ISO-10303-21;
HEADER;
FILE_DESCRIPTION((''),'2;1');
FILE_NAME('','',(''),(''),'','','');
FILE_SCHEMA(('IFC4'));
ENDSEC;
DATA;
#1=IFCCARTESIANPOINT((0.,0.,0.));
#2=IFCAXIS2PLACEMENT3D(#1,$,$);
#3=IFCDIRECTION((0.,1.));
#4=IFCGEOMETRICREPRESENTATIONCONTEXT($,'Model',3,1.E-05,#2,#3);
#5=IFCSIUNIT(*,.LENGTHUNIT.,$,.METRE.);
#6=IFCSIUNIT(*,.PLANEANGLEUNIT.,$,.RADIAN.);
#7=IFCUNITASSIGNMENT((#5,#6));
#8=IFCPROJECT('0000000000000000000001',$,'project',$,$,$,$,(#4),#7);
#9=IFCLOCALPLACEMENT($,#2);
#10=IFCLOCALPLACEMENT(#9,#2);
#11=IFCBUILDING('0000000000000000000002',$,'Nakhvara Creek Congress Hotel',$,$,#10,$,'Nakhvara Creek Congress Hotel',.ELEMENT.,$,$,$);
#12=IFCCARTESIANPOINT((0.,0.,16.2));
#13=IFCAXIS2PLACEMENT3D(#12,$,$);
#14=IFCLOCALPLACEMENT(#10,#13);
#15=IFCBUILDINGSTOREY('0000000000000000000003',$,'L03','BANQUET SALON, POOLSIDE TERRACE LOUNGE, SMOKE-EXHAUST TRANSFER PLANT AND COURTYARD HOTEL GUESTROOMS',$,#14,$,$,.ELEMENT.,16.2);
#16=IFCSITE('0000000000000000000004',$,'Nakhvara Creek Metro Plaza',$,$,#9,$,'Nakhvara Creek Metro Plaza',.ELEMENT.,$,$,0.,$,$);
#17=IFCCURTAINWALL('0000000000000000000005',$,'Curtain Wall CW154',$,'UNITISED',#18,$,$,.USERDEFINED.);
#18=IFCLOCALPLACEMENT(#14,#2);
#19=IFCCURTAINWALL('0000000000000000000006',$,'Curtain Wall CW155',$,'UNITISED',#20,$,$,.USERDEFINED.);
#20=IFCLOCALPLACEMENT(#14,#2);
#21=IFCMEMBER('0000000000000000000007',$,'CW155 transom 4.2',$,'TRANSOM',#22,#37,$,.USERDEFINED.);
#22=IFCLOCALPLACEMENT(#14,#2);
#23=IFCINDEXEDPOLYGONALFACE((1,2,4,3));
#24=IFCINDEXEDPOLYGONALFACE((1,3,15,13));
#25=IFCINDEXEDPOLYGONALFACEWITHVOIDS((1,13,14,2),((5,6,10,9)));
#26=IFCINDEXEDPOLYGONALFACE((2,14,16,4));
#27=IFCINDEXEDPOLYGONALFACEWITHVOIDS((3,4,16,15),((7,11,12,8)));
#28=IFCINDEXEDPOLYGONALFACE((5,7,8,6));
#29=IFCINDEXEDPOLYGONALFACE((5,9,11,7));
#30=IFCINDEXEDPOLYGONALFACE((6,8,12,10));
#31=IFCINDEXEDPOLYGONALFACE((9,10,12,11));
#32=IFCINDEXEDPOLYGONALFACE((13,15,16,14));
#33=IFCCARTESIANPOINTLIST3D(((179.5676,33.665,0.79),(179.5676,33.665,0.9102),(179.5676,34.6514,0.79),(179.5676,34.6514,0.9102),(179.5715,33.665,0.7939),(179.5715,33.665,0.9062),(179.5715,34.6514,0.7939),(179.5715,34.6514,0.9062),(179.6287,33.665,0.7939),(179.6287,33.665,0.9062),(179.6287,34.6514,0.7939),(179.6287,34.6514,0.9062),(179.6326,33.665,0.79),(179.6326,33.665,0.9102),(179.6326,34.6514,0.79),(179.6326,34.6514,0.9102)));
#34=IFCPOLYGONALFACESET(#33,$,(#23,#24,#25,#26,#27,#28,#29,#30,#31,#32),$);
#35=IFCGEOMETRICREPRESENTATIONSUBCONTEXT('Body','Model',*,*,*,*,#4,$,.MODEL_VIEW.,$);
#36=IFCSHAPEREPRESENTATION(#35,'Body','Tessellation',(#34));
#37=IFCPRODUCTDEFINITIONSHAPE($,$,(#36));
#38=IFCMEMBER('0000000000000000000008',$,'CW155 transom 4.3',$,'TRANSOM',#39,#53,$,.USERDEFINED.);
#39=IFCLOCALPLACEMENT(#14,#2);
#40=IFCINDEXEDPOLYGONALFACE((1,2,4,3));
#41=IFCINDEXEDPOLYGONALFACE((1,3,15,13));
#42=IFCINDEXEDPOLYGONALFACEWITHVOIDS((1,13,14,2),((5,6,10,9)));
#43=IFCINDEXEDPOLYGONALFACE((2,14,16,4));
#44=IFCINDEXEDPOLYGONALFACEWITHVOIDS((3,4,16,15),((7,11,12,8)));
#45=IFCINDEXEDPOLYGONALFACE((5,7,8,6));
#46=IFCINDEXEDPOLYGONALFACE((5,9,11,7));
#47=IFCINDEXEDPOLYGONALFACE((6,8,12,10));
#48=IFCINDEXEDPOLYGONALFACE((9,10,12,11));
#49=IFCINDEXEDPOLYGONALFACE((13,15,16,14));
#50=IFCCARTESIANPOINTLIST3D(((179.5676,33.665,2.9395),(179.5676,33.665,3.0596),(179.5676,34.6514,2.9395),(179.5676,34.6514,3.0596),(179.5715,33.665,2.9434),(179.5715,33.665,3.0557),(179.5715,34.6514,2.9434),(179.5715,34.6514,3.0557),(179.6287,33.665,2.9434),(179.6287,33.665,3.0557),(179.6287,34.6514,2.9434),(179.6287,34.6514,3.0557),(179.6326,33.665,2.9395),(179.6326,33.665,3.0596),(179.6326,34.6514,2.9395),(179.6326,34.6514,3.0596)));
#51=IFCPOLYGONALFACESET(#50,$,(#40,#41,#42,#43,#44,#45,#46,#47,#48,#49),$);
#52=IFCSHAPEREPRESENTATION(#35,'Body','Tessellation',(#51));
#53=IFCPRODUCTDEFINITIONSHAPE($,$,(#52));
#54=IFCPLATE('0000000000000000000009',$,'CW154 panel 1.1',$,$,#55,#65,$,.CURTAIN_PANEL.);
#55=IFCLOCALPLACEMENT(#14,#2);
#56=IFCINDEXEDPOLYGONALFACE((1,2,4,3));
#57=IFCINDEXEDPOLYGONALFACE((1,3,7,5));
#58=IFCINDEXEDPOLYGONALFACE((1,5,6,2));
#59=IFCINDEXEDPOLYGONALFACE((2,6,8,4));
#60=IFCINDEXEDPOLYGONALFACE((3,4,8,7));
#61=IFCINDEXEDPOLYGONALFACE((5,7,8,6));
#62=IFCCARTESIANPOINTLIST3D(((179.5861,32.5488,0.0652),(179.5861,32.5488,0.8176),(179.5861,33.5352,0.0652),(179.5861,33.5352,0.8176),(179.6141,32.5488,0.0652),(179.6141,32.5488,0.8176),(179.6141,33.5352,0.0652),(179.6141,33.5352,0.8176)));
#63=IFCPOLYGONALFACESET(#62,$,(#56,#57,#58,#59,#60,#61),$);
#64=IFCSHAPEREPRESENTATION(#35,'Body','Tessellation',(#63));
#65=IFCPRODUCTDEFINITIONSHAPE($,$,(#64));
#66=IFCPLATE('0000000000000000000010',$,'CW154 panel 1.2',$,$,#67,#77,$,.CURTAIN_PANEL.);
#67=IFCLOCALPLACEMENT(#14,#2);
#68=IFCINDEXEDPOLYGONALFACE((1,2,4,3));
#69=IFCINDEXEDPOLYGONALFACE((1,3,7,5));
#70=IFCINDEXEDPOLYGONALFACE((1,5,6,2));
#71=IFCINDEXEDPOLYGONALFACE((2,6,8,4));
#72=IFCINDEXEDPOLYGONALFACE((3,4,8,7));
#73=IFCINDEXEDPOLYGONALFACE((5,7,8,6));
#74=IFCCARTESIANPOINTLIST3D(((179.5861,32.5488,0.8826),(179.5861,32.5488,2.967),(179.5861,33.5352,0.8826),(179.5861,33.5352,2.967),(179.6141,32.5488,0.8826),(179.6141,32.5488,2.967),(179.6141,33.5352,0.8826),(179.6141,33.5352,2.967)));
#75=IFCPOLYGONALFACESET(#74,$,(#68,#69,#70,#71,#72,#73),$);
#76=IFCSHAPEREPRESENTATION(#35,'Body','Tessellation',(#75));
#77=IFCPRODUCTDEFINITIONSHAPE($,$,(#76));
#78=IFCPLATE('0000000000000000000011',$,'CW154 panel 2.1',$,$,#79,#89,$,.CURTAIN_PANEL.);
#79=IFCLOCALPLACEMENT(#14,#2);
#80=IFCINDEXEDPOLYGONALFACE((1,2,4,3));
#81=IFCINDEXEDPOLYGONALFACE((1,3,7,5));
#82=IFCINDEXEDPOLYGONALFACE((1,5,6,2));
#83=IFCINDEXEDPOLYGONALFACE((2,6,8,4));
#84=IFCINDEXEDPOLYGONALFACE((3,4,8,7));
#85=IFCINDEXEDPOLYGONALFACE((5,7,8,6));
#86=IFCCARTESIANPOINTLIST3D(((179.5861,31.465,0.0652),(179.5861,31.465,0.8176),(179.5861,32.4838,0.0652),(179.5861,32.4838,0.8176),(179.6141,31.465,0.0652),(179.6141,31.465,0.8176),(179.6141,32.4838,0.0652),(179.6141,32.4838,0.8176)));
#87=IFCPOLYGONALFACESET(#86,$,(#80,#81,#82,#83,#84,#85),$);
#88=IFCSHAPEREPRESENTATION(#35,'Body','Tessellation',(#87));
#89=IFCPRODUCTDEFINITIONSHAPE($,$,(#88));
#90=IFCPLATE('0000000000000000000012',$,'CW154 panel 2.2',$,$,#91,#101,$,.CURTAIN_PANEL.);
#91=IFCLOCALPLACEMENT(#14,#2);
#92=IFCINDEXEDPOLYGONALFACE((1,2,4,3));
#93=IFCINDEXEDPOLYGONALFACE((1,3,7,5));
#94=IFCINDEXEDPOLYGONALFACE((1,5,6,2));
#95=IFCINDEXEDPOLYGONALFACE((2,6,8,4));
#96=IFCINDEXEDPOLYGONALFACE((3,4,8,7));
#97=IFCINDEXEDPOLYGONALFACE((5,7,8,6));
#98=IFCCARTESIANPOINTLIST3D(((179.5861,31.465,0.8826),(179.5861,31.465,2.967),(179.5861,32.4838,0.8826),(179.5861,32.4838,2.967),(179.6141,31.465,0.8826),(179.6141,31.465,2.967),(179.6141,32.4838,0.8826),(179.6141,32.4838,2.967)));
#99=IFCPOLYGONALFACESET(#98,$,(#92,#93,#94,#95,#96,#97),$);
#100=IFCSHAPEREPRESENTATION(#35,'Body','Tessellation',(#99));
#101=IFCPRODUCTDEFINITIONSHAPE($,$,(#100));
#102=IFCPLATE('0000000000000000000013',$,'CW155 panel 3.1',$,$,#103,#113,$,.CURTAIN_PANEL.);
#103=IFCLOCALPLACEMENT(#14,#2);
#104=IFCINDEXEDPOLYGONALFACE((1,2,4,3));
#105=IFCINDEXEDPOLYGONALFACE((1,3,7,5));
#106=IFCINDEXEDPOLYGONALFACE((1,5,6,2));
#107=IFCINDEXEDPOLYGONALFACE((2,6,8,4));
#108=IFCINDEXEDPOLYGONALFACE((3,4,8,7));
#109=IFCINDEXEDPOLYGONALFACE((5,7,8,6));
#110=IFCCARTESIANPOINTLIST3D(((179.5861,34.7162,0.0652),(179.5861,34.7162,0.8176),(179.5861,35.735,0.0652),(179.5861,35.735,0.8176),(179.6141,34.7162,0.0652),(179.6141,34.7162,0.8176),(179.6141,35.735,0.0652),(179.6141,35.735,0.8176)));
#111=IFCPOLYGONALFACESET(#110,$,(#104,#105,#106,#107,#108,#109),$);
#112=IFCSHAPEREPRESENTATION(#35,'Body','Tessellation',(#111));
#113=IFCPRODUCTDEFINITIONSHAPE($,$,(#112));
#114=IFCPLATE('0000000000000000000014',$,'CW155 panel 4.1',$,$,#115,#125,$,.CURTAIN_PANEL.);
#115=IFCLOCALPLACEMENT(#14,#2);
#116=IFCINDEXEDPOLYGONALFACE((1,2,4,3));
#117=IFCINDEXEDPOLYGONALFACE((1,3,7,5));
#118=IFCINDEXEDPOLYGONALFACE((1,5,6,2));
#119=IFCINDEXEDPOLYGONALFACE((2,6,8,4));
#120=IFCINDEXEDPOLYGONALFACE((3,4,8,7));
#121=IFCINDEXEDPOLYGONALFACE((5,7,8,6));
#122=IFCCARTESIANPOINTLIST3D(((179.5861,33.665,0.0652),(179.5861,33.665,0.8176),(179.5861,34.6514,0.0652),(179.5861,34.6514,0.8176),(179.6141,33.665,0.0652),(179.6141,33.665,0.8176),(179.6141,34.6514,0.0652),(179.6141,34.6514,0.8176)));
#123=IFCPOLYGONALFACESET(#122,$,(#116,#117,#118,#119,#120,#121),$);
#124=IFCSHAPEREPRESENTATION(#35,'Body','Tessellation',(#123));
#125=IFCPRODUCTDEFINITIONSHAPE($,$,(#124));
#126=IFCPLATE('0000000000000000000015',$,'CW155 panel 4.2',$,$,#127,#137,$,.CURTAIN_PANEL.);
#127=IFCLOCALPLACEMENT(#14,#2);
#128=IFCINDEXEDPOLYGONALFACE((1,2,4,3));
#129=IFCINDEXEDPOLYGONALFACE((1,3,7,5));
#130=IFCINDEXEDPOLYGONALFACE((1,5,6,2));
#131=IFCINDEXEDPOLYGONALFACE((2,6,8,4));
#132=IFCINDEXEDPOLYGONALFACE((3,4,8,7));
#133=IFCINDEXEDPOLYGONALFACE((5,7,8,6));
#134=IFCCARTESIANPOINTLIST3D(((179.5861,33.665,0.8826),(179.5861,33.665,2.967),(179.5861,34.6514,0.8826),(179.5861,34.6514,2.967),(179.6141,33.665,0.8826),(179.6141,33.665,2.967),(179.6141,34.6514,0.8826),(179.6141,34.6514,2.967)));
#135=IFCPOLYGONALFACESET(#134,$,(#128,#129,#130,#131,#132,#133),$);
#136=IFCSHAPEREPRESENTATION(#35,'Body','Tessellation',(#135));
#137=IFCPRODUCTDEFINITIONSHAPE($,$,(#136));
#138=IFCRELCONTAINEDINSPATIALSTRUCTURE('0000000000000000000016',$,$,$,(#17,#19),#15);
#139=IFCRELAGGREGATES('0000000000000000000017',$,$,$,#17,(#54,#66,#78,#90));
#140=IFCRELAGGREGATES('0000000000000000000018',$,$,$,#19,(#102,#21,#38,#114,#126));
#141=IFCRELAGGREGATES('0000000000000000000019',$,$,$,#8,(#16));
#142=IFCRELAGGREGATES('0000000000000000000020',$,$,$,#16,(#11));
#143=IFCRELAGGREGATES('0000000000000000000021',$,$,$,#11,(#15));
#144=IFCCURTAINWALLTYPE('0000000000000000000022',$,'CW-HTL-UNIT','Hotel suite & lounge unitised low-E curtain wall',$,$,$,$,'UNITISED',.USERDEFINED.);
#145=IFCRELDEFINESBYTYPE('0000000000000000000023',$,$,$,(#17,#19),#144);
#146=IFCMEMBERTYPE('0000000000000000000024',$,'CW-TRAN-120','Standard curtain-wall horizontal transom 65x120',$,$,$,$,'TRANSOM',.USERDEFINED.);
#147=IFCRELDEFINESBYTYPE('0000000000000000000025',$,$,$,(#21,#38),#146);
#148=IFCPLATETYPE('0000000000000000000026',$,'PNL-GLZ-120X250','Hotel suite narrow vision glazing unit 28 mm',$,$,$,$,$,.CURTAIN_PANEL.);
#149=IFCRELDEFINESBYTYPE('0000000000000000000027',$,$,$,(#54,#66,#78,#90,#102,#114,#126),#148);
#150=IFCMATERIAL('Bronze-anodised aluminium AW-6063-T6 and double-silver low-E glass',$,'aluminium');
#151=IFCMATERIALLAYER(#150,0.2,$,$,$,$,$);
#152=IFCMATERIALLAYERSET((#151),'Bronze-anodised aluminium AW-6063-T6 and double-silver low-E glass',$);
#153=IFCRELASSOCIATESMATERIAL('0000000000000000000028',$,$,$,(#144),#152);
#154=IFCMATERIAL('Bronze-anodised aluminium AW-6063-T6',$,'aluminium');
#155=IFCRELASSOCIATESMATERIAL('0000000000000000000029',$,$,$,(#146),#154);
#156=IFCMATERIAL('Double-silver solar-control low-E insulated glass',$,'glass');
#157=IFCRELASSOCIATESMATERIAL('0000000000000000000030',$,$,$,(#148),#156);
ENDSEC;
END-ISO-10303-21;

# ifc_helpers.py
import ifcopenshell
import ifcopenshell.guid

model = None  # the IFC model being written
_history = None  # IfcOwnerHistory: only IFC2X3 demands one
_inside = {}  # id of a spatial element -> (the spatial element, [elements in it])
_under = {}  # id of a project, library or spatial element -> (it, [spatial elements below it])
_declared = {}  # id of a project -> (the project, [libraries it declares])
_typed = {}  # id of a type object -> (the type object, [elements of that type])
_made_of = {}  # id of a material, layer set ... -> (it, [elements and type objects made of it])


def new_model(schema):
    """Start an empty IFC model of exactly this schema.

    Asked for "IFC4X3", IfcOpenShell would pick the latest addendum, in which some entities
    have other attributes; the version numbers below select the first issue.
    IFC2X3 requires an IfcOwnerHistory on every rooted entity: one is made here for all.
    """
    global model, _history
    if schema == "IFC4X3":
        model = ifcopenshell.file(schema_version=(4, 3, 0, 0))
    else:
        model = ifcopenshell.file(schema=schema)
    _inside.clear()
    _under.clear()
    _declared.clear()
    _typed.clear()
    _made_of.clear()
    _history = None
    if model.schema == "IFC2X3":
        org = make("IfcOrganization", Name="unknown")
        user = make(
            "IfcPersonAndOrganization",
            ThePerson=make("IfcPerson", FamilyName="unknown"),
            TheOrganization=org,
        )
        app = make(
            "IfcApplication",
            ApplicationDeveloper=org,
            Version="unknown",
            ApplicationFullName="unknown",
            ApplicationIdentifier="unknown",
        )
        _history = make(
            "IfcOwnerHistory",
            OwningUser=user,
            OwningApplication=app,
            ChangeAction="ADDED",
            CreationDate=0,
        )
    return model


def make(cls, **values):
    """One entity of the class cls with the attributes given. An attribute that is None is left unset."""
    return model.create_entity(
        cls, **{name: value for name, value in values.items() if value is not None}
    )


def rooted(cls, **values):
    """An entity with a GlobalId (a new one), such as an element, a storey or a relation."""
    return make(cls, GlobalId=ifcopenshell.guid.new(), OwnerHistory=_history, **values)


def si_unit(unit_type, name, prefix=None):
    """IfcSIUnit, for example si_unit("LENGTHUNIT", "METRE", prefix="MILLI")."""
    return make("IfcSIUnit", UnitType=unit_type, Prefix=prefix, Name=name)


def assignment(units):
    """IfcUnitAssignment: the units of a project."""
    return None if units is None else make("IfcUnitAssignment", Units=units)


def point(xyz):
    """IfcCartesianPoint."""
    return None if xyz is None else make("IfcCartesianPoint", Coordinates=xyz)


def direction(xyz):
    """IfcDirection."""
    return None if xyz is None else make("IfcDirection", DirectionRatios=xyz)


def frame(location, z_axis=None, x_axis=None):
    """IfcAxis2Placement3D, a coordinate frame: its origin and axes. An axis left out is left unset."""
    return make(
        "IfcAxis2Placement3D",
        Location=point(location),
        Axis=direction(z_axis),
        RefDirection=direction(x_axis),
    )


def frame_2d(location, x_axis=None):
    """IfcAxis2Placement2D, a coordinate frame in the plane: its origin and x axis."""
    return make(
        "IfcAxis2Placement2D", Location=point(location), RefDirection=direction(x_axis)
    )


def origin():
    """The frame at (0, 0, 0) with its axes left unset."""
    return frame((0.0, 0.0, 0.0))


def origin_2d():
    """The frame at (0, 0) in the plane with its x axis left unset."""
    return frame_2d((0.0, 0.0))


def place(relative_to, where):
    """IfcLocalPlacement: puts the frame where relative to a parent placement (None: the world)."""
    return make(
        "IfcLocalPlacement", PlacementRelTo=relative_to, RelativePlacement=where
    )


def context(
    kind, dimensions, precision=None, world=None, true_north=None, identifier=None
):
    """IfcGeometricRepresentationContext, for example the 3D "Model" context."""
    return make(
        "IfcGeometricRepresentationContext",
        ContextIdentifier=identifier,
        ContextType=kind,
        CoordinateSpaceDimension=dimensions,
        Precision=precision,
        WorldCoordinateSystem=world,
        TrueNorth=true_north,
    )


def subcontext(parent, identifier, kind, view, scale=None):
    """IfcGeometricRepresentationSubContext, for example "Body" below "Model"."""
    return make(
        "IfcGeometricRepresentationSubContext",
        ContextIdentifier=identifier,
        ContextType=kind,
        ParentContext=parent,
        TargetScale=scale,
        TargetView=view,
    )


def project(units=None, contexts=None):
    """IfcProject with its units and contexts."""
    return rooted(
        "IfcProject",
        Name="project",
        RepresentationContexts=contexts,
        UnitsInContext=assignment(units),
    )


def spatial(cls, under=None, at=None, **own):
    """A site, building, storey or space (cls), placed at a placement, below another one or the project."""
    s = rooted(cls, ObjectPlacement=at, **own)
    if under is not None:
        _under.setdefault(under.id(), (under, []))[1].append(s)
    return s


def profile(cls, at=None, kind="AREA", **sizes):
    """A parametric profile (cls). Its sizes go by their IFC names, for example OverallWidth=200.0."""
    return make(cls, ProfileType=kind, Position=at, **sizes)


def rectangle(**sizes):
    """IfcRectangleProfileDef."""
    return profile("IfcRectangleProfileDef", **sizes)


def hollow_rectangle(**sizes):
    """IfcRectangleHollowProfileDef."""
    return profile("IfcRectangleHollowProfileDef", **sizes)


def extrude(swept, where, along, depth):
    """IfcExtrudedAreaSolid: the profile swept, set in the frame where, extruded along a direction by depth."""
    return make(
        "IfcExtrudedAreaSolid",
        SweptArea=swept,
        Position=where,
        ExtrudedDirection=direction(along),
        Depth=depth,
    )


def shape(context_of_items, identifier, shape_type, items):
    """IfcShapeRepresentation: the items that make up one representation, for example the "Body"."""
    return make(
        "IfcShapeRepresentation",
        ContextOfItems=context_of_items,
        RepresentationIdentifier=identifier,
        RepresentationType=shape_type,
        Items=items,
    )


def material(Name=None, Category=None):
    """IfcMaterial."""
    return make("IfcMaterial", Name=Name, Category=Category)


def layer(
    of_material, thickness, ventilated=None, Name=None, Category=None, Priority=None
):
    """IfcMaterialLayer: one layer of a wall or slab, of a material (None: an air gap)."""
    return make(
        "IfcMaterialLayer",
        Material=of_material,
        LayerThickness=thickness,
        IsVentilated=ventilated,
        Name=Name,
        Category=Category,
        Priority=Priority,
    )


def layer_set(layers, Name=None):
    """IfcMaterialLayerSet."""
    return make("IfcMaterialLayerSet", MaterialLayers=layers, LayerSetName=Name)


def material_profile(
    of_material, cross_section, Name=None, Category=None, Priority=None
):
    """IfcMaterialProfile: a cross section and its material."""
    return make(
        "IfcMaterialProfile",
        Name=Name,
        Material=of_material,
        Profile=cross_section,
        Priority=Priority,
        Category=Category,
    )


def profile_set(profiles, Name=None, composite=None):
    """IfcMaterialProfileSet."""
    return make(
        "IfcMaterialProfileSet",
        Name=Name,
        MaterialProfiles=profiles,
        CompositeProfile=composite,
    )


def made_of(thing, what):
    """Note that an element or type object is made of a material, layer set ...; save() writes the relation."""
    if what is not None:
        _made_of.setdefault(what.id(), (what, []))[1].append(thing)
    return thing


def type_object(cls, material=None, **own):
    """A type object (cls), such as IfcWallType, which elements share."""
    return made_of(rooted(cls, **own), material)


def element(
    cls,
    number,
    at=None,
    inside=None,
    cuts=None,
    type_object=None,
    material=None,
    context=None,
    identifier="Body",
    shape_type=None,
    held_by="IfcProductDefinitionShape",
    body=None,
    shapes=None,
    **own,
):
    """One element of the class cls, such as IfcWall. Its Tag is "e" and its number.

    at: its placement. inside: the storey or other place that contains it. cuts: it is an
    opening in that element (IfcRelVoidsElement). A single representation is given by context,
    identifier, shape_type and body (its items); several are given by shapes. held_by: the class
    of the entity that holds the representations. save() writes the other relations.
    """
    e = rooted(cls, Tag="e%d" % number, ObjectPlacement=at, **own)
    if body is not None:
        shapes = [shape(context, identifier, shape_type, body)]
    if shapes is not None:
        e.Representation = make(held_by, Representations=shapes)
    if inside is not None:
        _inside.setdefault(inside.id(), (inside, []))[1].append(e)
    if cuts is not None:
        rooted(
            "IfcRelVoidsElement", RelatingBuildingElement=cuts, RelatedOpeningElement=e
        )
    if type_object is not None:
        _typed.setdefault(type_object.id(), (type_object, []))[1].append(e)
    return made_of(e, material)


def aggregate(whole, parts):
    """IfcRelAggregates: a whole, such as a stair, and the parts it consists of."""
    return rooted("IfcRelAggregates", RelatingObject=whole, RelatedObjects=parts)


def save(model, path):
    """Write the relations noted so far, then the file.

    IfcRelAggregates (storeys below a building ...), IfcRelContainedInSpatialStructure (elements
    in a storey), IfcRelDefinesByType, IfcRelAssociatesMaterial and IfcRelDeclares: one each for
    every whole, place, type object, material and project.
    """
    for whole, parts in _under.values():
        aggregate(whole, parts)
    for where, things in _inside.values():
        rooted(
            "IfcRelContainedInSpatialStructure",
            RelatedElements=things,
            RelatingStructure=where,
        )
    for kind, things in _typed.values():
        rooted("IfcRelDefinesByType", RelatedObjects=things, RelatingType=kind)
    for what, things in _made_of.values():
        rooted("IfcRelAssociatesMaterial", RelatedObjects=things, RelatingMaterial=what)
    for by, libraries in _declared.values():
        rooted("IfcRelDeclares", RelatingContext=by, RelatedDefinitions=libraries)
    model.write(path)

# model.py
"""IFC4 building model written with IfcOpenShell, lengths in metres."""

from ifc_helpers import new_model, si_unit, direction, frame, origin, origin_2d, place, context, subcontext, project, spatial, rectangle, hollow_rectangle, extrude, material, layer, layer_set, material_profile, profile_set, type_object, element, aggregate, save


model = new_model("IFC4")

# Units and contexts
model_context = context("Model", 3, precision=1e-05, world=origin(), true_north=direction((0.0, 1.0)))
body_context = subcontext(model_context, "Body", "Model", "MODEL_VIEW")
ifc_project = project(units=[si_unit("LENGTHUNIT", "METRE"), si_unit("PLANEANGLEUNIT", "RADIAN")], contexts=[model_context])

# Site, building, storey
site_placement = place(None, origin())
site = spatial("IfcSite", under=ifc_project, at=site_placement, Name="Nakhvara Creek Metro Plaza", LongName="Nakhvara Creek Metro Plaza", CompositionType="ELEMENT", RefElevation=0.0)
building_placement = place(site_placement, origin())
building = spatial("IfcBuilding", under=site, at=building_placement, Name="Nakhvara Creek Congress Hotel", LongName="Nakhvara Creek Congress Hotel", CompositionType="ELEMENT")
storey_placement = place(building_placement, frame((0.0, 0.0, 16.2)))
storey = spatial("IfcBuildingStorey", under=building, at=storey_placement, Name="L03", Description="BANQUET SALON, POOLSIDE TERRACE LOUNGE, SMOKE-EXHAUST TRANSFER PLANT AND COURTYARD HOTEL GUESTROOMS", CompositionType="ELEMENT", Elevation=16.2)

# Curtain walls
ifc_material_1 = material(Name="Bronze-anodised aluminium AW-6063-T6 and double-silver low-E glass", Category="aluminium")
ifc_layer = layer(ifc_material_1, 0.2)
ifc_layer_set = layer_set([ifc_layer], Name="Bronze-anodised aluminium AW-6063-T6 and double-silver low-E glass")
curtain_wall_type = type_object("IfcCurtainWallType", Name="CW-HTL-UNIT", Description="Hotel suite & lounge unitised low-E curtain wall", ElementType="UNITISED", PredefinedType="USERDEFINED", material=ifc_layer_set)
curtain_wall_1_placement = place(storey_placement, origin())
curtain_wall_1 = element("IfcCurtainWall", 1, at=curtain_wall_1_placement, inside=storey, type_object=curtain_wall_type, Name="Curtain Wall CW154", ObjectType="UNITISED", PredefinedType="USERDEFINED")
ifc_material_2 = material(Name="Bronze-anodised aluminium AW-6063-T6", Category="aluminium")
curtain_wall_2_placement = place(storey_placement, origin())
curtain_wall_2 = element("IfcCurtainWall", 2, at=curtain_wall_2_placement, inside=storey, type_object=curtain_wall_type, Name="Curtain Wall CW155", ObjectType="UNITISED", PredefinedType="USERDEFINED")

# Members
ifc_material_profile_1 = material_profile(ifc_material_2, hollow_rectangle(XDim=0.0649, YDim=0.1201, WallThickness=0.0039, at=origin_2d()), Name="ALU-TRAN 65x120x4", Category="LoadBearing")
ifc_profile_set_1 = profile_set([ifc_material_profile_1], Name="Bronze-anodised aluminium AW-6063-T6")
member_type_1 = type_object("IfcMemberType", Name="CW-TRAN-120", Description="Standard curtain-wall horizontal transom 65x120", ElementType="TRANSOM", PredefinedType="USERDEFINED", material=ifc_profile_set_1)
member_1_placement = place(storey_placement, frame((179.6001, 34.6514, 0.8501), z_axis=(0.0, -1.0, 0.0), x_axis=(1.0, 0.0, 0.0)))
member_1 = element("IfcMember", 3, at=member_1_placement, type_object=member_type_1, Name="CW155 transom 4.2", ObjectType="TRANSOM", PredefinedType="USERDEFINED", context=body_context, shape_type="SweptSolid", body=[
    extrude(hollow_rectangle(XDim=0.0649, YDim=0.1201, WallThickness=0.0039, at=origin_2d()), origin(), (0.0, 0.0, 1.0), 0.9863),
])
member_2_placement = place(storey_placement, frame((179.6001, 34.6514, 2.9995), z_axis=(0.0, -1.0, 0.0), x_axis=(1.0, 0.0, 0.0)))
member_2 = element("IfcMember", 4, at=member_2_placement, type_object=member_type_1, Name="CW155 transom 4.3", ObjectType="TRANSOM", PredefinedType="USERDEFINED", context=body_context, shape_type="SweptSolid", body=[
    extrude(hollow_rectangle(XDim=0.0649, YDim=0.1201, WallThickness=0.0039, at=origin_2d()), origin(), (0.0, 0.0, 1.0), 0.9863),
])

# Plates
ifc_material_3 = material(Name="Double-silver solar-control low-E insulated glass", Category="glass")
plate_type = type_object("IfcPlateType", Name="PNL-GLZ-120X250", Description="Hotel suite narrow vision glazing unit 28 mm", PredefinedType="CURTAIN_PANEL", material=ifc_material_3)
plate_1_placement = place(storey_placement, frame((179.6001, 33.042, 0.0652), z_axis=(0.0, 0.0, 1.0), x_axis=(0.0, -1.0, 0.0)))
plate_1 = element("IfcPlate", 5, at=plate_1_placement, type_object=plate_type, Name="CW154 panel 1.1", PredefinedType="CURTAIN_PANEL", context=body_context, shape_type="SweptSolid", body=[
    extrude(rectangle(XDim=0.9863, YDim=0.0281, at=origin_2d()), origin(), (0.0, 0.0, 1.0), 0.7524),
])
plate_2_placement = place(storey_placement, frame((179.6001, 33.042, 0.8826), z_axis=(0.0, 0.0, 1.0), x_axis=(0.0, -1.0, 0.0)))
plate_2 = element("IfcPlate", 6, at=plate_2_placement, type_object=plate_type, Name="CW154 panel 1.2", PredefinedType="CURTAIN_PANEL", context=body_context, shape_type="SweptSolid", body=[
    extrude(rectangle(XDim=0.9863, YDim=0.0281, at=origin_2d()), origin(), (0.0, 0.0, 1.0), 2.0845),
])
plate_3_placement = place(storey_placement, frame((179.6001, 31.9744, 0.0652), z_axis=(0.0, 0.0, 1.0), x_axis=(0.0, -1.0, 0.0)))
plate_3 = element("IfcPlate", 7, at=plate_3_placement, type_object=plate_type, Name="CW154 panel 2.1", PredefinedType="CURTAIN_PANEL", context=body_context, shape_type="SweptSolid", body=[
    extrude(rectangle(XDim=1.0188, YDim=0.0281, at=origin_2d()), origin(), (0.0, 0.0, 1.0), 0.7524),
])
plate_4_placement = place(storey_placement, frame((179.6001, 31.9744, 0.8826), z_axis=(0.0, 0.0, 1.0), x_axis=(0.0, -1.0, 0.0)))
plate_4 = element("IfcPlate", 8, at=plate_4_placement, type_object=plate_type, Name="CW154 panel 2.2", PredefinedType="CURTAIN_PANEL", context=body_context, shape_type="SweptSolid", body=[
    extrude(rectangle(XDim=1.0188, YDim=0.0281, at=origin_2d()), origin(), (0.0, 0.0, 1.0), 2.0845),
])
aggregate(curtain_wall_1, [plate_1, plate_2, plate_3, plate_4])
plate_5_placement = place(storey_placement, frame((179.6001, 35.2256, 0.0652), z_axis=(0.0, 0.0, 1.0), x_axis=(0.0, -1.0, 0.0)))
plate_5 = element("IfcPlate", 9, at=plate_5_placement, type_object=plate_type, Name="CW155 panel 3.1", PredefinedType="CURTAIN_PANEL", context=body_context, shape_type="SweptSolid", body=[
    extrude(rectangle(XDim=1.0188, YDim=0.0281, at=origin_2d()), origin(), (0.0, 0.0, 1.0), 0.7524),
])
plate_6_placement = place(storey_placement, frame((179.6001, 34.1582, 0.0652), z_axis=(0.0, 0.0, 1.0), x_axis=(0.0, -1.0, 0.0)))
plate_6 = element("IfcPlate", 10, at=plate_6_placement, type_object=plate_type, Name="CW155 panel 4.1", PredefinedType="CURTAIN_PANEL", context=body_context, shape_type="SweptSolid", body=[
    extrude(rectangle(XDim=0.9863, YDim=0.0281, at=origin_2d()), origin(), (0.0, 0.0, 1.0), 0.7524),
])
plate_7_placement = place(storey_placement, frame((179.6001, 34.1582, 0.8826), z_axis=(0.0, 0.0, 1.0), x_axis=(0.0, -1.0, 0.0)))
plate_7 = element("IfcPlate", 11, at=plate_7_placement, type_object=plate_type, Name="CW155 panel 4.2", PredefinedType="CURTAIN_PANEL", context=body_context, shape_type="SweptSolid", body=[
    extrude(rectangle(XDim=0.9863, YDim=0.0281, at=origin_2d()), origin(), (0.0, 0.0, 1.0), 2.0845),
])
aggregate(curtain_wall_2, [plate_5, member_1, member_2, plate_6, plate_7])

save(model, "model.ifc")
